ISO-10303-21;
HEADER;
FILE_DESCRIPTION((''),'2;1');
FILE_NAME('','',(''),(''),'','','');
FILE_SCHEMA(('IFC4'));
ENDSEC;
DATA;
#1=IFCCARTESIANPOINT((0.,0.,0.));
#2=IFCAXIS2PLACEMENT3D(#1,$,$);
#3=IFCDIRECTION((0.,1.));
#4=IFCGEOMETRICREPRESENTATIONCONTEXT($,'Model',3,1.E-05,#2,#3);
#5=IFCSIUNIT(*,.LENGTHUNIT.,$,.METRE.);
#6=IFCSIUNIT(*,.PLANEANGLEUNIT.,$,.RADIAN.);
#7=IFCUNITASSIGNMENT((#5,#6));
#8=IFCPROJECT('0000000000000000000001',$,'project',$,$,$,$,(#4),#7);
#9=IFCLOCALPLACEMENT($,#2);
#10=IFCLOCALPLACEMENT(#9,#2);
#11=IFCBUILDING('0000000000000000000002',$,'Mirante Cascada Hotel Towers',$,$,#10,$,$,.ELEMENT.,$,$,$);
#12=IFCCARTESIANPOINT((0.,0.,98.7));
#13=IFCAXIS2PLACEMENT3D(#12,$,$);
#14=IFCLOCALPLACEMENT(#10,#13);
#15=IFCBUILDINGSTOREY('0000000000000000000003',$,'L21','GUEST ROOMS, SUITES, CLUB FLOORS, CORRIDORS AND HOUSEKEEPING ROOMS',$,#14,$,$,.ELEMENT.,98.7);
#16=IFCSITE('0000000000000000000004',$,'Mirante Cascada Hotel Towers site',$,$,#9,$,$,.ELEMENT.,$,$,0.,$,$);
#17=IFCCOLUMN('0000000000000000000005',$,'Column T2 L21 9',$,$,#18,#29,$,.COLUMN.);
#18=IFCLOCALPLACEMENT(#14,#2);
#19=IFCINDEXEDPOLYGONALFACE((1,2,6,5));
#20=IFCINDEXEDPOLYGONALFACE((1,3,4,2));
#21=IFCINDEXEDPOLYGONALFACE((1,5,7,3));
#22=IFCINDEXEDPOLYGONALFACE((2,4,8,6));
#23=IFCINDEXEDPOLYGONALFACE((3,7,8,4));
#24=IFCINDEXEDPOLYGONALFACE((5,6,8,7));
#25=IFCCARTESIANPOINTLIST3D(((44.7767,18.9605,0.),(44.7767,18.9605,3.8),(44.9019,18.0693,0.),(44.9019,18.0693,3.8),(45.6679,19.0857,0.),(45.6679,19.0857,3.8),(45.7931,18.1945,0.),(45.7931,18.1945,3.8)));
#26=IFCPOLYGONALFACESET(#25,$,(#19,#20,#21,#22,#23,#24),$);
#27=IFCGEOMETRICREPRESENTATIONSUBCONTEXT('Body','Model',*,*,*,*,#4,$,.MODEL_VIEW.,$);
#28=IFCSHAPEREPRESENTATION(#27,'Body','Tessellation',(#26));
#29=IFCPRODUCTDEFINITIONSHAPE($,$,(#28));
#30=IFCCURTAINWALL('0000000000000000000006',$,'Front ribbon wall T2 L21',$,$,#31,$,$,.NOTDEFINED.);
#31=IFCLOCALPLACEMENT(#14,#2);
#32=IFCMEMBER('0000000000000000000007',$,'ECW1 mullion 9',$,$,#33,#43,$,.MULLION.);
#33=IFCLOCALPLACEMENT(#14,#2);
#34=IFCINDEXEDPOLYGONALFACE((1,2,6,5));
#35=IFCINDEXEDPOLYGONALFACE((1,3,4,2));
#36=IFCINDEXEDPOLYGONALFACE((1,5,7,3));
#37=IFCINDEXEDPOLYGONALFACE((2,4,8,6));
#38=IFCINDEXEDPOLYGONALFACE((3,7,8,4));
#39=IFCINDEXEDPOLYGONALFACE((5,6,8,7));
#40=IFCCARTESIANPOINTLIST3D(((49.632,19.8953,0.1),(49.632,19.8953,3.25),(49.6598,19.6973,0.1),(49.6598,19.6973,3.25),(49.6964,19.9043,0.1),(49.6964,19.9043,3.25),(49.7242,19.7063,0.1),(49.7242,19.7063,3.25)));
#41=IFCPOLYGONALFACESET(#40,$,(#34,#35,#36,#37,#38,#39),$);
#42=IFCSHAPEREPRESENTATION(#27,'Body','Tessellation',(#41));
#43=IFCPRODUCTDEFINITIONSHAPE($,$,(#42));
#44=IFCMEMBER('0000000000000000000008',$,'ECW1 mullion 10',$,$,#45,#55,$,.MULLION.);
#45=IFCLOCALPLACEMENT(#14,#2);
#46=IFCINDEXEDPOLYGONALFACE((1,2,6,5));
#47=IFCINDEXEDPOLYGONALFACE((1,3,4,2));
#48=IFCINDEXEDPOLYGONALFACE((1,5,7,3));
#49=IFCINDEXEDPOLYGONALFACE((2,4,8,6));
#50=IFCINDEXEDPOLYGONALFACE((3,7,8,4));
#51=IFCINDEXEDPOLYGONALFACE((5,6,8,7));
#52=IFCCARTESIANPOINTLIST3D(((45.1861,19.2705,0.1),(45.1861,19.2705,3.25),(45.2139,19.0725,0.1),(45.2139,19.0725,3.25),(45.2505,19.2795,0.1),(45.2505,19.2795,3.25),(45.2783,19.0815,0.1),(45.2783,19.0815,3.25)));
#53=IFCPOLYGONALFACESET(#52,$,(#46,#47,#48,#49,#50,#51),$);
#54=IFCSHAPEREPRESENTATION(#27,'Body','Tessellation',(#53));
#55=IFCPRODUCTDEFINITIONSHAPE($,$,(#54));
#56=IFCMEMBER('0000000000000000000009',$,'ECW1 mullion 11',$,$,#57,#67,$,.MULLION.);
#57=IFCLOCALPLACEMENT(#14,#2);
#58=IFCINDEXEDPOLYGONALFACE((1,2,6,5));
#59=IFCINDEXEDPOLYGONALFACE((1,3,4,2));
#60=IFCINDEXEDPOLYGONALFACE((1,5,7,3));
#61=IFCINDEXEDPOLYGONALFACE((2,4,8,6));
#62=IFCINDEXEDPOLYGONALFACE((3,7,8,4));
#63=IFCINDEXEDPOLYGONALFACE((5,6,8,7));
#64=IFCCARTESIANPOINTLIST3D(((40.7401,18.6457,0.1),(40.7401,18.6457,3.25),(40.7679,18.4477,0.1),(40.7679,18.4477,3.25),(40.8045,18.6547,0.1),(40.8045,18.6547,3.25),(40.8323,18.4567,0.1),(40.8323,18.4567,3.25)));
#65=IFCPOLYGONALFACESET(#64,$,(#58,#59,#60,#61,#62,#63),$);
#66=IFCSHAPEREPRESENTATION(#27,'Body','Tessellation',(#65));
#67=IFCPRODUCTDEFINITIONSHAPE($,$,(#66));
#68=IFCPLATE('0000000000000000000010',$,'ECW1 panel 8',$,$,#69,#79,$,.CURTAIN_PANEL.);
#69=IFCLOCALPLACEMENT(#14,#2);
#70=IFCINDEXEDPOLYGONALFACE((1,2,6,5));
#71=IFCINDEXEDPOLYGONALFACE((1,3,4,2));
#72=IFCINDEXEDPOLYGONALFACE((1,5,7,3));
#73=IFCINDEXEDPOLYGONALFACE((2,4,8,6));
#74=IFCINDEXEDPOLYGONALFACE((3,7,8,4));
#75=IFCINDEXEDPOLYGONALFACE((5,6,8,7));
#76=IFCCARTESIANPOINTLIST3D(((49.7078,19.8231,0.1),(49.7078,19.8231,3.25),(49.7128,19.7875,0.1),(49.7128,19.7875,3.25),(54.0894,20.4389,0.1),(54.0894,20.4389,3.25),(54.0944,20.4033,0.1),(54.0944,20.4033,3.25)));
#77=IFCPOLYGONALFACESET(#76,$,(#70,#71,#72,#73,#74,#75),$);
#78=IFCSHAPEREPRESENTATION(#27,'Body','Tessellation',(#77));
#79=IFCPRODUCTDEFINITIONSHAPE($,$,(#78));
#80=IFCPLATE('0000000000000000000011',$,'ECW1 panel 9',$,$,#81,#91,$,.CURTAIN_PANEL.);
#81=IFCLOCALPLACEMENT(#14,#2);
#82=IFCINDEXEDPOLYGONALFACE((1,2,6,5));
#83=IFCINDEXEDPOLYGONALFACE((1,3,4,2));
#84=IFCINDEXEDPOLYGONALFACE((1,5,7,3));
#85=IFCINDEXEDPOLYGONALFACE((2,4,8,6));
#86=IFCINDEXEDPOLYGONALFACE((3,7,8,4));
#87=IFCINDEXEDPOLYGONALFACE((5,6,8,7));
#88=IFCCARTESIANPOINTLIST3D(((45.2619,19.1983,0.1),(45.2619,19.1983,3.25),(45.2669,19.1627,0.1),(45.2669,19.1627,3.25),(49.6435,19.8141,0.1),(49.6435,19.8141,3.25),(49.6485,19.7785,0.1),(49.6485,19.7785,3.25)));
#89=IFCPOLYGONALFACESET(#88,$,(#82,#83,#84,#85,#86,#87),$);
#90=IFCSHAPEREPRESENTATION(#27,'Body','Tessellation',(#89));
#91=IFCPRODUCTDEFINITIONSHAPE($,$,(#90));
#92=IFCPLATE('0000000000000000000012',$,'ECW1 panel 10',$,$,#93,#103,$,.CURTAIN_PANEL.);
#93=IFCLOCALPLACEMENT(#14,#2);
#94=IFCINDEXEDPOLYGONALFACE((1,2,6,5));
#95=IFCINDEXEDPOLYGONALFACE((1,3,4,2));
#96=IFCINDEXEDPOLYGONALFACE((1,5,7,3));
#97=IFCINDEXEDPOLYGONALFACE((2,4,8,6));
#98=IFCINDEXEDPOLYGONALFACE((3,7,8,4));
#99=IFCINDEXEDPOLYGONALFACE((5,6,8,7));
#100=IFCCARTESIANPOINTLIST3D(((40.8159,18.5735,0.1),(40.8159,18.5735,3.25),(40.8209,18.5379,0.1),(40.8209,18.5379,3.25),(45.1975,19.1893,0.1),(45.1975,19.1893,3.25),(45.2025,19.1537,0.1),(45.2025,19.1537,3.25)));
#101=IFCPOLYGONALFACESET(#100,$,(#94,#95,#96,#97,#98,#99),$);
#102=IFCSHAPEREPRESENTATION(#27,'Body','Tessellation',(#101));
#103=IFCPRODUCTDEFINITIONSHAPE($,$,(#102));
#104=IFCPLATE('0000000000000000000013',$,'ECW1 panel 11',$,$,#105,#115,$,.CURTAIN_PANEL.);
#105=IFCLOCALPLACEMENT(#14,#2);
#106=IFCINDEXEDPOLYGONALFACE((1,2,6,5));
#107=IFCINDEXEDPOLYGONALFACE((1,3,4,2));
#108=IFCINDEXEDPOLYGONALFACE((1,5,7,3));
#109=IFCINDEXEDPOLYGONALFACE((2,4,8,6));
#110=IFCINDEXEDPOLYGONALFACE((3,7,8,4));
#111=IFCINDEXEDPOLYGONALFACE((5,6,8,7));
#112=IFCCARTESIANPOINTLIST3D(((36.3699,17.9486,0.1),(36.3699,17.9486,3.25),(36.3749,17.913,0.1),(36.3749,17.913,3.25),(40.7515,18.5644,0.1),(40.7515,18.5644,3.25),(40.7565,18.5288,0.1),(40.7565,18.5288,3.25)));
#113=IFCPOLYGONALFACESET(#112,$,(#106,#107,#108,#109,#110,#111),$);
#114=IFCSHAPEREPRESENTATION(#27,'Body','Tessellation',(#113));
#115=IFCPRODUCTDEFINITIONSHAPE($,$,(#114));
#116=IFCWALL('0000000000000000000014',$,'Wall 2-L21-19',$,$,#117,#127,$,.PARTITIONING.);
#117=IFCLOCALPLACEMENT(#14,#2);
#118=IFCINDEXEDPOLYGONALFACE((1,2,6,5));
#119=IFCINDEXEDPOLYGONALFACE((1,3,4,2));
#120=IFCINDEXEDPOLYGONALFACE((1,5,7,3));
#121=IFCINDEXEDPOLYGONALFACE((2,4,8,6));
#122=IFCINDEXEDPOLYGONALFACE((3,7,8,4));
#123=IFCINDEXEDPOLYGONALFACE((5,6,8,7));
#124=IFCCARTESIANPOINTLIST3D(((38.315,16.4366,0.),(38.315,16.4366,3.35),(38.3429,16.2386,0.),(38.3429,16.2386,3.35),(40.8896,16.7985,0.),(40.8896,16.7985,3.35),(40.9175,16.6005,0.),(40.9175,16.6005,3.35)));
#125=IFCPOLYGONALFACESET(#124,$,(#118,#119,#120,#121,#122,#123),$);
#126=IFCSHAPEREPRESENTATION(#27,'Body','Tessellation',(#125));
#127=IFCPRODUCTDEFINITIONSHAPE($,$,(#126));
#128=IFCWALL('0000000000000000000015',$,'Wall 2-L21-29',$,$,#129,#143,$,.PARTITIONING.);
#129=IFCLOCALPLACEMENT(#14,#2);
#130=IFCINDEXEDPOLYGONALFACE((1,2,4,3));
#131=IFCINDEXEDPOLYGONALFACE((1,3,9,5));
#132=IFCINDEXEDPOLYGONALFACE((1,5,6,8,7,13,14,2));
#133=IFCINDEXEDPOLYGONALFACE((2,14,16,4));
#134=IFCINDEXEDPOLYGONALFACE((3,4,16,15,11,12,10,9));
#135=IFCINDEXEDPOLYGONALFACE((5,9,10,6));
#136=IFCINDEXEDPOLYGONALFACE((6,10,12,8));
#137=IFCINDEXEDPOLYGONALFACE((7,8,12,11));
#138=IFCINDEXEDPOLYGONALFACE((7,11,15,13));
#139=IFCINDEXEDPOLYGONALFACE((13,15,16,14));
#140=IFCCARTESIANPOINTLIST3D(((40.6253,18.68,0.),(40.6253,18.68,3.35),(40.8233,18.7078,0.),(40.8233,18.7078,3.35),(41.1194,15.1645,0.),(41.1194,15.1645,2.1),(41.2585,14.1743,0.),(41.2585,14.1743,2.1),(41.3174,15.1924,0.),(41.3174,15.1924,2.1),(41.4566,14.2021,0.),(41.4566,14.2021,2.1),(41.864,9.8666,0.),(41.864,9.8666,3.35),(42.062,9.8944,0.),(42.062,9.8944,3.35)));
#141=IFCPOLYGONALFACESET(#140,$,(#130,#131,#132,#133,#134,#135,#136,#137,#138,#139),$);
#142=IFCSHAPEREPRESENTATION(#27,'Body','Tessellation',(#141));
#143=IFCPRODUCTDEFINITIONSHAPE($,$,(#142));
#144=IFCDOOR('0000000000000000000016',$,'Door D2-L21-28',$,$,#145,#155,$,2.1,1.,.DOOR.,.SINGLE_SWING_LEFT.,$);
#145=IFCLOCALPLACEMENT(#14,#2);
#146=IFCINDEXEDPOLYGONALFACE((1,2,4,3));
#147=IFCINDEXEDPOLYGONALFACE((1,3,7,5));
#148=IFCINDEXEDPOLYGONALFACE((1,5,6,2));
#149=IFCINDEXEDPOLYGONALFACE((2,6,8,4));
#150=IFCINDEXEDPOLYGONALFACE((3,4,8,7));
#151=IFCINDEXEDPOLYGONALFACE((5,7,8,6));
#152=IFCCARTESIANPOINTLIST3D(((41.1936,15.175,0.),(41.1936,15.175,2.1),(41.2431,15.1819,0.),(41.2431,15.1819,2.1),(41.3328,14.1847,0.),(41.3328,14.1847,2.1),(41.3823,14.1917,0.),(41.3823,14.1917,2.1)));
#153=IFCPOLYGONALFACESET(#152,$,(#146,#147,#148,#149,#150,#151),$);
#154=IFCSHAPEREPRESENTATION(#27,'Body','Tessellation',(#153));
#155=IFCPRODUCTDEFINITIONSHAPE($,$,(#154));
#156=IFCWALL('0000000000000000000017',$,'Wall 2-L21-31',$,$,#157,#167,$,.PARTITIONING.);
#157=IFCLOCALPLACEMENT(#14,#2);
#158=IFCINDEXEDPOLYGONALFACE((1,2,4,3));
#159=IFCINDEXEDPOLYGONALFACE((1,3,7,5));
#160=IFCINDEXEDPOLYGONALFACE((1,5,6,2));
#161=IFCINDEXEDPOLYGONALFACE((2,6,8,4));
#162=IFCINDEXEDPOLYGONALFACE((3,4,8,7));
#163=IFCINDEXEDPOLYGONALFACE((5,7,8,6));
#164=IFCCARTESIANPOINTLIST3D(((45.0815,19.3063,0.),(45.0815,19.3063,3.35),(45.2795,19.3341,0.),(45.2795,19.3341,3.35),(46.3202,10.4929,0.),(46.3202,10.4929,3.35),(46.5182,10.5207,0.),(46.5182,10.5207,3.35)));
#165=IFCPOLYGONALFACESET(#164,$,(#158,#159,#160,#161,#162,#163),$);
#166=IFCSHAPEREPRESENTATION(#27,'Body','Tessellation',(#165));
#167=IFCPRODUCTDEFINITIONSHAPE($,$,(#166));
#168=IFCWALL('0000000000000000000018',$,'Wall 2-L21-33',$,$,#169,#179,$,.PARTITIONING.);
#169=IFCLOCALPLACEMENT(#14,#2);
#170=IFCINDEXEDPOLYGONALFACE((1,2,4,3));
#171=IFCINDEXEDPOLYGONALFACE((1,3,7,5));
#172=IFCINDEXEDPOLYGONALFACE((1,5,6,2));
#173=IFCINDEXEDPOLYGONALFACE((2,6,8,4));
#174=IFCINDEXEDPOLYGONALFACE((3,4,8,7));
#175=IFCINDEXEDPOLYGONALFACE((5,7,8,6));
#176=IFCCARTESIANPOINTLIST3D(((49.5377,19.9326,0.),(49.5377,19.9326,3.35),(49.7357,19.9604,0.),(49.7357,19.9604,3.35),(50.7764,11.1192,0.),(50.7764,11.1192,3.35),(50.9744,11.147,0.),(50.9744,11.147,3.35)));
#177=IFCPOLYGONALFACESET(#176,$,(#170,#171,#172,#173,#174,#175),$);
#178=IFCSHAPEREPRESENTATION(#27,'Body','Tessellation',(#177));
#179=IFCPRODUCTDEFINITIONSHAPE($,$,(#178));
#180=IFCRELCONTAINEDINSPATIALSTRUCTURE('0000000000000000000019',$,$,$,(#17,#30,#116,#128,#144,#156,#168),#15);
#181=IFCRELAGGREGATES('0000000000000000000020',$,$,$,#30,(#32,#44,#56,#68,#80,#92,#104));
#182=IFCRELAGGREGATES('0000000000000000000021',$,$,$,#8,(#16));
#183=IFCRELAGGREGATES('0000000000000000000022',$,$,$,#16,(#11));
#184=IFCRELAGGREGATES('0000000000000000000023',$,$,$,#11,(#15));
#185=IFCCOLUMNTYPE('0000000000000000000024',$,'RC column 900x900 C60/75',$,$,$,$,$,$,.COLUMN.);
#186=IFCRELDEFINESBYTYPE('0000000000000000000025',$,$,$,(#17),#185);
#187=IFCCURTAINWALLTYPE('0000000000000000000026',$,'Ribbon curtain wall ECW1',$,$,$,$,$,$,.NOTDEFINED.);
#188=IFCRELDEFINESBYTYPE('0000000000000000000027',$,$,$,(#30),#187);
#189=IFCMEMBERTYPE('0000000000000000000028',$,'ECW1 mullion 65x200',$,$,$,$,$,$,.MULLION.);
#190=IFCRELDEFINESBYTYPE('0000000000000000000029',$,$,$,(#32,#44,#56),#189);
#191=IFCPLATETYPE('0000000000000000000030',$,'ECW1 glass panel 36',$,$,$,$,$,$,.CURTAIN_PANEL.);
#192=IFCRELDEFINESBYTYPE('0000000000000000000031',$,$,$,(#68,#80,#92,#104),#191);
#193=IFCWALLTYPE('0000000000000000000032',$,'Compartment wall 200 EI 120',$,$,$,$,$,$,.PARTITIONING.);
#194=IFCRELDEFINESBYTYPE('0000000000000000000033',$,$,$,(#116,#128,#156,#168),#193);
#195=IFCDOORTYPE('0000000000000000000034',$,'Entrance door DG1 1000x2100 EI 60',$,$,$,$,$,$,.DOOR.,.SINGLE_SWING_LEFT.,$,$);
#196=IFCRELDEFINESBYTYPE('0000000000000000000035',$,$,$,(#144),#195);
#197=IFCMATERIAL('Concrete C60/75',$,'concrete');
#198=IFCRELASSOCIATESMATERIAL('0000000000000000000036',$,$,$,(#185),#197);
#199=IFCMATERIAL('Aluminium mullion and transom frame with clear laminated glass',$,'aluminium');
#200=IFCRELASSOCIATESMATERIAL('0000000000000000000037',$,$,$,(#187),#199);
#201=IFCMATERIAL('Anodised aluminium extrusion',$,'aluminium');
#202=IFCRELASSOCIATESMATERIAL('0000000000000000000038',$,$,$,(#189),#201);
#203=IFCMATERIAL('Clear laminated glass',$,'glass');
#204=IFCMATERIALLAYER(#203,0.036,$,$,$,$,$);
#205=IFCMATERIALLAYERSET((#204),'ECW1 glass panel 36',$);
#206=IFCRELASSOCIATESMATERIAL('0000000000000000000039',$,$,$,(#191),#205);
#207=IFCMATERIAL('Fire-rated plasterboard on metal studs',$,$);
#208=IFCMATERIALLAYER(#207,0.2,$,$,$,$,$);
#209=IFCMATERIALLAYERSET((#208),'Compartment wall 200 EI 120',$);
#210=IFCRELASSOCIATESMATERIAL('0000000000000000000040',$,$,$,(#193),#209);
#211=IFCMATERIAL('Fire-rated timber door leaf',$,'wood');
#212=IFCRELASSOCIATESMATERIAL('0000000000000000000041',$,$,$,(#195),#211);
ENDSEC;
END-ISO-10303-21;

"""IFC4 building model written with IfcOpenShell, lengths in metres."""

from ifc_helpers import new_model, si_unit, direction, frame, frame_2d, origin, origin_2d, place, context, subcontext, project, spatial, rectangle, extrude, material, layer, layer_set, material_profile, profile_set, type_object, element, fill, aggregate, save


model = new_model("IFC4")

# Units and contexts
model_context = context("Model", 3, precision=1e-05, world=origin(), true_north=direction((0.0, 1.0)))
body_context = subcontext(model_context, "Body", "Model", "MODEL_VIEW")
ifc_project = project(units=[si_unit("LENGTHUNIT", "METRE"), si_unit("PLANEANGLEUNIT", "RADIAN")], contexts=[model_context])

# Site, building, storey
site_placement = place(None, origin())
site = spatial("IfcSite", under=ifc_project, at=site_placement, Name="Mirante Cascada Hotel Towers site", CompositionType="ELEMENT", RefElevation=0.0)
building_placement = place(site_placement, origin())
building = spatial("IfcBuilding", under=site, at=building_placement, Name="Mirante Cascada Hotel Towers", CompositionType="ELEMENT")
storey_placement = place(building_placement, frame((0.0, 0.0, 98.7)))
storey = spatial("IfcBuildingStorey", under=building, at=storey_placement, Name="L21", Description="GUEST ROOMS, SUITES, CLUB FLOORS, CORRIDORS AND HOUSEKEEPING ROOMS", CompositionType="ELEMENT", Elevation=98.7)

# Column
ifc_material_1 = material(Name="Concrete C60/75", Category="concrete")
ifc_material_profile_1 = material_profile(ifc_material_1, rectangle(XDim=0.9, YDim=0.9, at=origin_2d()), Name="RC column 900x900 C60/75")
ifc_profile_set_1 = profile_set([ifc_material_profile_1], Name="Concrete C60/75")
column_type = type_object("IfcColumnType", Name="RC column 900x900 C60/75", PredefinedType="COLUMN", material=ifc_profile_set_1)
column_placement = place(storey_placement, frame((45.2849, 18.5775, 0.0), z_axis=(0.0, 0.0, 1.0), x_axis=(0.990268, 0.139173, 0.0)))
element("IfcColumn", 1, at=column_placement, inside=storey, type_object=column_type, Name="Column T2 L21 9", PredefinedType="COLUMN", context=body_context, shape_type="SweptSolid", body=[
    extrude(rectangle(XDim=0.9, YDim=0.9, at=origin_2d()), origin(), (0.0, 0.0, 1.0), 3.8),
])

# Curtain wall, members, plates
ifc_material_2 = material(Name="Aluminium mullion and transom frame with clear laminated glass", Category="aluminium")
curtain_wall_type = type_object("IfcCurtainWallType", Name="Ribbon curtain wall ECW1", PredefinedType="NOTDEFINED", material=ifc_material_2)
curtain_wall_placement = place(storey_placement, origin())
curtain_wall = element("IfcCurtainWall", 2, at=curtain_wall_placement, inside=storey, type_object=curtain_wall_type, Name="Front ribbon wall T2 L21", PredefinedType="NOTDEFINED")
ifc_material_3 = material(Name="Anodised aluminium extrusion", Category="aluminium")
ifc_material_profile_2 = material_profile(ifc_material_3, rectangle(XDim=0.2, YDim=0.065, at=origin_2d()), Name="ECW1 MULLION 65x200")
ifc_profile_set_2 = profile_set([ifc_material_profile_2], Name="Anodised aluminium extrusion")
member_type = type_object("IfcMemberType", Name="ECW1 mullion 65x200", PredefinedType="MULLION", material=ifc_profile_set_2)
member_1_placement = place(storey_placement, frame((49.6781, 19.8008, 0.1), z_axis=(0.0, 0.0, 1.0), x_axis=(0.139173, -0.990268, 0.0)))
member_1 = element("IfcMember", 3, at=member_1_placement, type_object=member_type, Name="ECW1 mullion 9", PredefinedType="MULLION", context=body_context, shape_type="SweptSolid", body=[
    extrude(rectangle(XDim=0.2, YDim=0.065, at=origin_2d()), origin(), (0.0, 0.0, 1.0), 3.15),
])
member_2_placement = place(storey_placement, frame((45.2322, 19.176, 0.1), z_axis=(0.0, 0.0, 1.0), x_axis=(0.139173, -0.990268, 0.0)))
member_2 = element("IfcMember", 4, at=member_2_placement, type_object=member_type, Name="ECW1 mullion 10", PredefinedType="MULLION", context=body_context, shape_type="SweptSolid", body=[
    extrude(rectangle(XDim=0.2, YDim=0.065, at=origin_2d()), origin(), (0.0, 0.0, 1.0), 3.15),
])
member_3_placement = place(storey_placement, frame((40.7862, 18.5512, 0.1), z_axis=(0.0, 0.0, 1.0), x_axis=(0.139173, -0.990268, 0.0)))
member_3 = element("IfcMember", 5, at=member_3_placement, type_object=member_type, Name="ECW1 mullion 11", PredefinedType="MULLION", context=body_context, shape_type="SweptSolid", body=[
    extrude(rectangle(XDim=0.2, YDim=0.065, at=origin_2d()), origin(), (0.0, 0.0, 1.0), 3.15),
])
ifc_material_4 = material(Name="Clear laminated glass", Category="glass")
ifc_layer_1 = layer(ifc_material_4, 0.036)
ifc_layer_set_1 = layer_set([ifc_layer_1], Name="ECW1 glass panel 36")
plate_type = type_object("IfcPlateType", Name="ECW1 glass panel 36", PredefinedType="CURTAIN_PANEL", material=ifc_layer_set_1)
plate_1_placement = place(storey_placement, frame((51.9011, 20.1132, 0.1), z_axis=(0.0, 0.0, 1.0), x_axis=(-0.990268, -0.139173, 0.0)))
plate_1 = element("IfcPlate", 6, at=plate_1_placement, type_object=plate_type, Name="ECW1 panel 8", PredefinedType="CURTAIN_PANEL", context=body_context, shape_type="SweptSolid", body=[
    extrude(rectangle(XDim=4.4246, YDim=0.036, at=origin_2d()), origin(), (0.0, 0.0, 1.0), 3.15),
])
plate_2_placement = place(storey_placement, frame((47.4552, 19.4884, 0.1), z_axis=(0.0, 0.0, 1.0), x_axis=(-0.990268, -0.139173, 0.0)))
plate_2 = element("IfcPlate", 7, at=plate_2_placement, type_object=plate_type, Name="ECW1 panel 9", PredefinedType="CURTAIN_PANEL", context=body_context, shape_type="SweptSolid", body=[
    extrude(rectangle(XDim=4.4246, YDim=0.036, at=origin_2d()), origin(), (0.0, 0.0, 1.0), 3.15),
])
plate_3_placement = place(storey_placement, frame((43.0092, 18.8636, 0.1), z_axis=(0.0, 0.0, 1.0), x_axis=(-0.990268, -0.139173, 0.0)))
plate_3 = element("IfcPlate", 8, at=plate_3_placement, type_object=plate_type, Name="ECW1 panel 10", PredefinedType="CURTAIN_PANEL", context=body_context, shape_type="SweptSolid", body=[
    extrude(rectangle(XDim=4.4246, YDim=0.036, at=origin_2d()), origin(), (0.0, 0.0, 1.0), 3.15),
])
plate_4_placement = place(storey_placement, frame((38.5632, 18.2387, 0.1), z_axis=(0.0, 0.0, 1.0), x_axis=(-0.990268, -0.139173, 0.0)))
plate_4 = element("IfcPlate", 9, at=plate_4_placement, type_object=plate_type, Name="ECW1 panel 11", PredefinedType="CURTAIN_PANEL", context=body_context, shape_type="SweptSolid", body=[
    extrude(rectangle(XDim=4.4246, YDim=0.036, at=origin_2d()), origin(), (0.0, 0.0, 1.0), 3.15),
])
aggregate(curtain_wall, [member_1, member_2, member_3, plate_1, plate_2, plate_3, plate_4])

# Wall
ifc_material_5 = material(Name="Fire-rated plasterboard on metal studs")
ifc_layer_2 = layer(ifc_material_5, 0.2)
ifc_layer_set_2 = layer_set([ifc_layer_2], Name="Compartment wall 200 EI 120")
wall_type_1 = type_object("IfcWallType", Name="Compartment wall 200 EI 120", PredefinedType="PARTITIONING", material=ifc_layer_set_2)
wall_1_placement = place(storey_placement, frame((40.9036, 16.6995, 0.0), z_axis=(0.0, 0.0, 1.0), x_axis=(-0.990265, -0.139197, 0.0)))
element("IfcWall", 10, at=wall_1_placement, inside=storey, type_object=wall_type_1, Name="Wall 2-L21-19", PredefinedType="PARTITIONING", context=body_context, shape_type="SweptSolid", body=[
    extrude(rectangle(XDim=2.5999, YDim=0.2, at=frame_2d((1.3, 0.0))), origin(), (0.0, 0.0, 1.0), 3.35),
])

# Wall, opening, door
wall_2_placement = place(storey_placement, frame((40.7243, 18.6939, 0.0), z_axis=(0.0, 0.0, 1.0), x_axis=(0.139179, -0.990267, 0.0)))
wall_2 = element("IfcWall", 11, at=wall_2_placement, inside=storey, type_object=wall_type_1, Name="Wall 2-L21-29", PredefinedType="PARTITIONING", context=body_context, shape_type="SweptSolid", body=[
    extrude(rectangle(XDim=8.9, YDim=0.2, at=frame_2d((4.45, 0.0))), origin(), (0.0, 0.0, 1.0), 3.35),
])
opening_1_placement = place(wall_2_placement, frame((3.55, 0.0, 0.0)))
opening_1 = element("IfcOpeningElement", 12, at=opening_1_placement, cuts=wall_2, PredefinedType="OPENING", context=body_context, shape_type="SweptSolid", body=[
    extrude(rectangle(XDim=1.0, YDim=2.1, at=frame_2d((0.5, 1.05))), frame((0.0, 0.1, 0.0), z_axis=(0.0, -1.0, 0.0), x_axis=(1.0, 0.0, 0.0)), (0.0, 0.0, 1.0), 0.2),
])
ifc_material_6 = material(Name="Fire-rated timber door leaf", Category="wood")
door_type_1 = type_object("IfcDoorType", Name="Entrance door DG1 1000x2100 EI 60", OperationType="SINGLE_SWING_LEFT", PredefinedType="DOOR", material=ifc_material_6)
door_1_placement = place(opening_1_placement, origin())
door_1 = element("IfcDoor", 13, at=door_1_placement, inside=storey, type_object=door_type_1, Name="Door D2-L21-28", OperationType="SINGLE_SWING_LEFT", OverallHeight=2.1, OverallWidth=1.0, PredefinedType="DOOR", context=body_context, shape_type="SweptSolid", body=[
    extrude(rectangle(XDim=1.0, YDim=2.1, at=frame_2d((0.5, 1.05))), frame((0.0, 0.025, 0.0), z_axis=(0.0, -1.0, 0.0), x_axis=(1.0, 0.0, 0.0)), (0.0, 0.0, 1.0), 0.05),
])
fill(opening_1, door_1)

# Walls
for number, where, z_axis, x_axis, name in (
    (14, (45.1805, 19.3202, 0.0), (0.0, 0.0, 1.0), (0.139179, -0.990267, 0.0), "Wall 2-L21-31"),
    (15, (49.6367, 19.9465, 0.0), (0.0, 0.0, 1.0), (0.139179, -0.990267, 0.0), "Wall 2-L21-33"),
):
    element("IfcWall", number, at=place(storey_placement, frame(where, z_axis=z_axis, x_axis=x_axis)), inside=storey, type_object=wall_type_1, Name=name, PredefinedType="PARTITIONING", context=body_context, shape_type="SweptSolid", body=[
        extrude(rectangle(XDim=8.9, YDim=0.2, at=frame_2d((4.45, 0.0))), origin(), (0.0, 0.0, 1.0), 3.35),
    ])

save(model, "model.ifc")
